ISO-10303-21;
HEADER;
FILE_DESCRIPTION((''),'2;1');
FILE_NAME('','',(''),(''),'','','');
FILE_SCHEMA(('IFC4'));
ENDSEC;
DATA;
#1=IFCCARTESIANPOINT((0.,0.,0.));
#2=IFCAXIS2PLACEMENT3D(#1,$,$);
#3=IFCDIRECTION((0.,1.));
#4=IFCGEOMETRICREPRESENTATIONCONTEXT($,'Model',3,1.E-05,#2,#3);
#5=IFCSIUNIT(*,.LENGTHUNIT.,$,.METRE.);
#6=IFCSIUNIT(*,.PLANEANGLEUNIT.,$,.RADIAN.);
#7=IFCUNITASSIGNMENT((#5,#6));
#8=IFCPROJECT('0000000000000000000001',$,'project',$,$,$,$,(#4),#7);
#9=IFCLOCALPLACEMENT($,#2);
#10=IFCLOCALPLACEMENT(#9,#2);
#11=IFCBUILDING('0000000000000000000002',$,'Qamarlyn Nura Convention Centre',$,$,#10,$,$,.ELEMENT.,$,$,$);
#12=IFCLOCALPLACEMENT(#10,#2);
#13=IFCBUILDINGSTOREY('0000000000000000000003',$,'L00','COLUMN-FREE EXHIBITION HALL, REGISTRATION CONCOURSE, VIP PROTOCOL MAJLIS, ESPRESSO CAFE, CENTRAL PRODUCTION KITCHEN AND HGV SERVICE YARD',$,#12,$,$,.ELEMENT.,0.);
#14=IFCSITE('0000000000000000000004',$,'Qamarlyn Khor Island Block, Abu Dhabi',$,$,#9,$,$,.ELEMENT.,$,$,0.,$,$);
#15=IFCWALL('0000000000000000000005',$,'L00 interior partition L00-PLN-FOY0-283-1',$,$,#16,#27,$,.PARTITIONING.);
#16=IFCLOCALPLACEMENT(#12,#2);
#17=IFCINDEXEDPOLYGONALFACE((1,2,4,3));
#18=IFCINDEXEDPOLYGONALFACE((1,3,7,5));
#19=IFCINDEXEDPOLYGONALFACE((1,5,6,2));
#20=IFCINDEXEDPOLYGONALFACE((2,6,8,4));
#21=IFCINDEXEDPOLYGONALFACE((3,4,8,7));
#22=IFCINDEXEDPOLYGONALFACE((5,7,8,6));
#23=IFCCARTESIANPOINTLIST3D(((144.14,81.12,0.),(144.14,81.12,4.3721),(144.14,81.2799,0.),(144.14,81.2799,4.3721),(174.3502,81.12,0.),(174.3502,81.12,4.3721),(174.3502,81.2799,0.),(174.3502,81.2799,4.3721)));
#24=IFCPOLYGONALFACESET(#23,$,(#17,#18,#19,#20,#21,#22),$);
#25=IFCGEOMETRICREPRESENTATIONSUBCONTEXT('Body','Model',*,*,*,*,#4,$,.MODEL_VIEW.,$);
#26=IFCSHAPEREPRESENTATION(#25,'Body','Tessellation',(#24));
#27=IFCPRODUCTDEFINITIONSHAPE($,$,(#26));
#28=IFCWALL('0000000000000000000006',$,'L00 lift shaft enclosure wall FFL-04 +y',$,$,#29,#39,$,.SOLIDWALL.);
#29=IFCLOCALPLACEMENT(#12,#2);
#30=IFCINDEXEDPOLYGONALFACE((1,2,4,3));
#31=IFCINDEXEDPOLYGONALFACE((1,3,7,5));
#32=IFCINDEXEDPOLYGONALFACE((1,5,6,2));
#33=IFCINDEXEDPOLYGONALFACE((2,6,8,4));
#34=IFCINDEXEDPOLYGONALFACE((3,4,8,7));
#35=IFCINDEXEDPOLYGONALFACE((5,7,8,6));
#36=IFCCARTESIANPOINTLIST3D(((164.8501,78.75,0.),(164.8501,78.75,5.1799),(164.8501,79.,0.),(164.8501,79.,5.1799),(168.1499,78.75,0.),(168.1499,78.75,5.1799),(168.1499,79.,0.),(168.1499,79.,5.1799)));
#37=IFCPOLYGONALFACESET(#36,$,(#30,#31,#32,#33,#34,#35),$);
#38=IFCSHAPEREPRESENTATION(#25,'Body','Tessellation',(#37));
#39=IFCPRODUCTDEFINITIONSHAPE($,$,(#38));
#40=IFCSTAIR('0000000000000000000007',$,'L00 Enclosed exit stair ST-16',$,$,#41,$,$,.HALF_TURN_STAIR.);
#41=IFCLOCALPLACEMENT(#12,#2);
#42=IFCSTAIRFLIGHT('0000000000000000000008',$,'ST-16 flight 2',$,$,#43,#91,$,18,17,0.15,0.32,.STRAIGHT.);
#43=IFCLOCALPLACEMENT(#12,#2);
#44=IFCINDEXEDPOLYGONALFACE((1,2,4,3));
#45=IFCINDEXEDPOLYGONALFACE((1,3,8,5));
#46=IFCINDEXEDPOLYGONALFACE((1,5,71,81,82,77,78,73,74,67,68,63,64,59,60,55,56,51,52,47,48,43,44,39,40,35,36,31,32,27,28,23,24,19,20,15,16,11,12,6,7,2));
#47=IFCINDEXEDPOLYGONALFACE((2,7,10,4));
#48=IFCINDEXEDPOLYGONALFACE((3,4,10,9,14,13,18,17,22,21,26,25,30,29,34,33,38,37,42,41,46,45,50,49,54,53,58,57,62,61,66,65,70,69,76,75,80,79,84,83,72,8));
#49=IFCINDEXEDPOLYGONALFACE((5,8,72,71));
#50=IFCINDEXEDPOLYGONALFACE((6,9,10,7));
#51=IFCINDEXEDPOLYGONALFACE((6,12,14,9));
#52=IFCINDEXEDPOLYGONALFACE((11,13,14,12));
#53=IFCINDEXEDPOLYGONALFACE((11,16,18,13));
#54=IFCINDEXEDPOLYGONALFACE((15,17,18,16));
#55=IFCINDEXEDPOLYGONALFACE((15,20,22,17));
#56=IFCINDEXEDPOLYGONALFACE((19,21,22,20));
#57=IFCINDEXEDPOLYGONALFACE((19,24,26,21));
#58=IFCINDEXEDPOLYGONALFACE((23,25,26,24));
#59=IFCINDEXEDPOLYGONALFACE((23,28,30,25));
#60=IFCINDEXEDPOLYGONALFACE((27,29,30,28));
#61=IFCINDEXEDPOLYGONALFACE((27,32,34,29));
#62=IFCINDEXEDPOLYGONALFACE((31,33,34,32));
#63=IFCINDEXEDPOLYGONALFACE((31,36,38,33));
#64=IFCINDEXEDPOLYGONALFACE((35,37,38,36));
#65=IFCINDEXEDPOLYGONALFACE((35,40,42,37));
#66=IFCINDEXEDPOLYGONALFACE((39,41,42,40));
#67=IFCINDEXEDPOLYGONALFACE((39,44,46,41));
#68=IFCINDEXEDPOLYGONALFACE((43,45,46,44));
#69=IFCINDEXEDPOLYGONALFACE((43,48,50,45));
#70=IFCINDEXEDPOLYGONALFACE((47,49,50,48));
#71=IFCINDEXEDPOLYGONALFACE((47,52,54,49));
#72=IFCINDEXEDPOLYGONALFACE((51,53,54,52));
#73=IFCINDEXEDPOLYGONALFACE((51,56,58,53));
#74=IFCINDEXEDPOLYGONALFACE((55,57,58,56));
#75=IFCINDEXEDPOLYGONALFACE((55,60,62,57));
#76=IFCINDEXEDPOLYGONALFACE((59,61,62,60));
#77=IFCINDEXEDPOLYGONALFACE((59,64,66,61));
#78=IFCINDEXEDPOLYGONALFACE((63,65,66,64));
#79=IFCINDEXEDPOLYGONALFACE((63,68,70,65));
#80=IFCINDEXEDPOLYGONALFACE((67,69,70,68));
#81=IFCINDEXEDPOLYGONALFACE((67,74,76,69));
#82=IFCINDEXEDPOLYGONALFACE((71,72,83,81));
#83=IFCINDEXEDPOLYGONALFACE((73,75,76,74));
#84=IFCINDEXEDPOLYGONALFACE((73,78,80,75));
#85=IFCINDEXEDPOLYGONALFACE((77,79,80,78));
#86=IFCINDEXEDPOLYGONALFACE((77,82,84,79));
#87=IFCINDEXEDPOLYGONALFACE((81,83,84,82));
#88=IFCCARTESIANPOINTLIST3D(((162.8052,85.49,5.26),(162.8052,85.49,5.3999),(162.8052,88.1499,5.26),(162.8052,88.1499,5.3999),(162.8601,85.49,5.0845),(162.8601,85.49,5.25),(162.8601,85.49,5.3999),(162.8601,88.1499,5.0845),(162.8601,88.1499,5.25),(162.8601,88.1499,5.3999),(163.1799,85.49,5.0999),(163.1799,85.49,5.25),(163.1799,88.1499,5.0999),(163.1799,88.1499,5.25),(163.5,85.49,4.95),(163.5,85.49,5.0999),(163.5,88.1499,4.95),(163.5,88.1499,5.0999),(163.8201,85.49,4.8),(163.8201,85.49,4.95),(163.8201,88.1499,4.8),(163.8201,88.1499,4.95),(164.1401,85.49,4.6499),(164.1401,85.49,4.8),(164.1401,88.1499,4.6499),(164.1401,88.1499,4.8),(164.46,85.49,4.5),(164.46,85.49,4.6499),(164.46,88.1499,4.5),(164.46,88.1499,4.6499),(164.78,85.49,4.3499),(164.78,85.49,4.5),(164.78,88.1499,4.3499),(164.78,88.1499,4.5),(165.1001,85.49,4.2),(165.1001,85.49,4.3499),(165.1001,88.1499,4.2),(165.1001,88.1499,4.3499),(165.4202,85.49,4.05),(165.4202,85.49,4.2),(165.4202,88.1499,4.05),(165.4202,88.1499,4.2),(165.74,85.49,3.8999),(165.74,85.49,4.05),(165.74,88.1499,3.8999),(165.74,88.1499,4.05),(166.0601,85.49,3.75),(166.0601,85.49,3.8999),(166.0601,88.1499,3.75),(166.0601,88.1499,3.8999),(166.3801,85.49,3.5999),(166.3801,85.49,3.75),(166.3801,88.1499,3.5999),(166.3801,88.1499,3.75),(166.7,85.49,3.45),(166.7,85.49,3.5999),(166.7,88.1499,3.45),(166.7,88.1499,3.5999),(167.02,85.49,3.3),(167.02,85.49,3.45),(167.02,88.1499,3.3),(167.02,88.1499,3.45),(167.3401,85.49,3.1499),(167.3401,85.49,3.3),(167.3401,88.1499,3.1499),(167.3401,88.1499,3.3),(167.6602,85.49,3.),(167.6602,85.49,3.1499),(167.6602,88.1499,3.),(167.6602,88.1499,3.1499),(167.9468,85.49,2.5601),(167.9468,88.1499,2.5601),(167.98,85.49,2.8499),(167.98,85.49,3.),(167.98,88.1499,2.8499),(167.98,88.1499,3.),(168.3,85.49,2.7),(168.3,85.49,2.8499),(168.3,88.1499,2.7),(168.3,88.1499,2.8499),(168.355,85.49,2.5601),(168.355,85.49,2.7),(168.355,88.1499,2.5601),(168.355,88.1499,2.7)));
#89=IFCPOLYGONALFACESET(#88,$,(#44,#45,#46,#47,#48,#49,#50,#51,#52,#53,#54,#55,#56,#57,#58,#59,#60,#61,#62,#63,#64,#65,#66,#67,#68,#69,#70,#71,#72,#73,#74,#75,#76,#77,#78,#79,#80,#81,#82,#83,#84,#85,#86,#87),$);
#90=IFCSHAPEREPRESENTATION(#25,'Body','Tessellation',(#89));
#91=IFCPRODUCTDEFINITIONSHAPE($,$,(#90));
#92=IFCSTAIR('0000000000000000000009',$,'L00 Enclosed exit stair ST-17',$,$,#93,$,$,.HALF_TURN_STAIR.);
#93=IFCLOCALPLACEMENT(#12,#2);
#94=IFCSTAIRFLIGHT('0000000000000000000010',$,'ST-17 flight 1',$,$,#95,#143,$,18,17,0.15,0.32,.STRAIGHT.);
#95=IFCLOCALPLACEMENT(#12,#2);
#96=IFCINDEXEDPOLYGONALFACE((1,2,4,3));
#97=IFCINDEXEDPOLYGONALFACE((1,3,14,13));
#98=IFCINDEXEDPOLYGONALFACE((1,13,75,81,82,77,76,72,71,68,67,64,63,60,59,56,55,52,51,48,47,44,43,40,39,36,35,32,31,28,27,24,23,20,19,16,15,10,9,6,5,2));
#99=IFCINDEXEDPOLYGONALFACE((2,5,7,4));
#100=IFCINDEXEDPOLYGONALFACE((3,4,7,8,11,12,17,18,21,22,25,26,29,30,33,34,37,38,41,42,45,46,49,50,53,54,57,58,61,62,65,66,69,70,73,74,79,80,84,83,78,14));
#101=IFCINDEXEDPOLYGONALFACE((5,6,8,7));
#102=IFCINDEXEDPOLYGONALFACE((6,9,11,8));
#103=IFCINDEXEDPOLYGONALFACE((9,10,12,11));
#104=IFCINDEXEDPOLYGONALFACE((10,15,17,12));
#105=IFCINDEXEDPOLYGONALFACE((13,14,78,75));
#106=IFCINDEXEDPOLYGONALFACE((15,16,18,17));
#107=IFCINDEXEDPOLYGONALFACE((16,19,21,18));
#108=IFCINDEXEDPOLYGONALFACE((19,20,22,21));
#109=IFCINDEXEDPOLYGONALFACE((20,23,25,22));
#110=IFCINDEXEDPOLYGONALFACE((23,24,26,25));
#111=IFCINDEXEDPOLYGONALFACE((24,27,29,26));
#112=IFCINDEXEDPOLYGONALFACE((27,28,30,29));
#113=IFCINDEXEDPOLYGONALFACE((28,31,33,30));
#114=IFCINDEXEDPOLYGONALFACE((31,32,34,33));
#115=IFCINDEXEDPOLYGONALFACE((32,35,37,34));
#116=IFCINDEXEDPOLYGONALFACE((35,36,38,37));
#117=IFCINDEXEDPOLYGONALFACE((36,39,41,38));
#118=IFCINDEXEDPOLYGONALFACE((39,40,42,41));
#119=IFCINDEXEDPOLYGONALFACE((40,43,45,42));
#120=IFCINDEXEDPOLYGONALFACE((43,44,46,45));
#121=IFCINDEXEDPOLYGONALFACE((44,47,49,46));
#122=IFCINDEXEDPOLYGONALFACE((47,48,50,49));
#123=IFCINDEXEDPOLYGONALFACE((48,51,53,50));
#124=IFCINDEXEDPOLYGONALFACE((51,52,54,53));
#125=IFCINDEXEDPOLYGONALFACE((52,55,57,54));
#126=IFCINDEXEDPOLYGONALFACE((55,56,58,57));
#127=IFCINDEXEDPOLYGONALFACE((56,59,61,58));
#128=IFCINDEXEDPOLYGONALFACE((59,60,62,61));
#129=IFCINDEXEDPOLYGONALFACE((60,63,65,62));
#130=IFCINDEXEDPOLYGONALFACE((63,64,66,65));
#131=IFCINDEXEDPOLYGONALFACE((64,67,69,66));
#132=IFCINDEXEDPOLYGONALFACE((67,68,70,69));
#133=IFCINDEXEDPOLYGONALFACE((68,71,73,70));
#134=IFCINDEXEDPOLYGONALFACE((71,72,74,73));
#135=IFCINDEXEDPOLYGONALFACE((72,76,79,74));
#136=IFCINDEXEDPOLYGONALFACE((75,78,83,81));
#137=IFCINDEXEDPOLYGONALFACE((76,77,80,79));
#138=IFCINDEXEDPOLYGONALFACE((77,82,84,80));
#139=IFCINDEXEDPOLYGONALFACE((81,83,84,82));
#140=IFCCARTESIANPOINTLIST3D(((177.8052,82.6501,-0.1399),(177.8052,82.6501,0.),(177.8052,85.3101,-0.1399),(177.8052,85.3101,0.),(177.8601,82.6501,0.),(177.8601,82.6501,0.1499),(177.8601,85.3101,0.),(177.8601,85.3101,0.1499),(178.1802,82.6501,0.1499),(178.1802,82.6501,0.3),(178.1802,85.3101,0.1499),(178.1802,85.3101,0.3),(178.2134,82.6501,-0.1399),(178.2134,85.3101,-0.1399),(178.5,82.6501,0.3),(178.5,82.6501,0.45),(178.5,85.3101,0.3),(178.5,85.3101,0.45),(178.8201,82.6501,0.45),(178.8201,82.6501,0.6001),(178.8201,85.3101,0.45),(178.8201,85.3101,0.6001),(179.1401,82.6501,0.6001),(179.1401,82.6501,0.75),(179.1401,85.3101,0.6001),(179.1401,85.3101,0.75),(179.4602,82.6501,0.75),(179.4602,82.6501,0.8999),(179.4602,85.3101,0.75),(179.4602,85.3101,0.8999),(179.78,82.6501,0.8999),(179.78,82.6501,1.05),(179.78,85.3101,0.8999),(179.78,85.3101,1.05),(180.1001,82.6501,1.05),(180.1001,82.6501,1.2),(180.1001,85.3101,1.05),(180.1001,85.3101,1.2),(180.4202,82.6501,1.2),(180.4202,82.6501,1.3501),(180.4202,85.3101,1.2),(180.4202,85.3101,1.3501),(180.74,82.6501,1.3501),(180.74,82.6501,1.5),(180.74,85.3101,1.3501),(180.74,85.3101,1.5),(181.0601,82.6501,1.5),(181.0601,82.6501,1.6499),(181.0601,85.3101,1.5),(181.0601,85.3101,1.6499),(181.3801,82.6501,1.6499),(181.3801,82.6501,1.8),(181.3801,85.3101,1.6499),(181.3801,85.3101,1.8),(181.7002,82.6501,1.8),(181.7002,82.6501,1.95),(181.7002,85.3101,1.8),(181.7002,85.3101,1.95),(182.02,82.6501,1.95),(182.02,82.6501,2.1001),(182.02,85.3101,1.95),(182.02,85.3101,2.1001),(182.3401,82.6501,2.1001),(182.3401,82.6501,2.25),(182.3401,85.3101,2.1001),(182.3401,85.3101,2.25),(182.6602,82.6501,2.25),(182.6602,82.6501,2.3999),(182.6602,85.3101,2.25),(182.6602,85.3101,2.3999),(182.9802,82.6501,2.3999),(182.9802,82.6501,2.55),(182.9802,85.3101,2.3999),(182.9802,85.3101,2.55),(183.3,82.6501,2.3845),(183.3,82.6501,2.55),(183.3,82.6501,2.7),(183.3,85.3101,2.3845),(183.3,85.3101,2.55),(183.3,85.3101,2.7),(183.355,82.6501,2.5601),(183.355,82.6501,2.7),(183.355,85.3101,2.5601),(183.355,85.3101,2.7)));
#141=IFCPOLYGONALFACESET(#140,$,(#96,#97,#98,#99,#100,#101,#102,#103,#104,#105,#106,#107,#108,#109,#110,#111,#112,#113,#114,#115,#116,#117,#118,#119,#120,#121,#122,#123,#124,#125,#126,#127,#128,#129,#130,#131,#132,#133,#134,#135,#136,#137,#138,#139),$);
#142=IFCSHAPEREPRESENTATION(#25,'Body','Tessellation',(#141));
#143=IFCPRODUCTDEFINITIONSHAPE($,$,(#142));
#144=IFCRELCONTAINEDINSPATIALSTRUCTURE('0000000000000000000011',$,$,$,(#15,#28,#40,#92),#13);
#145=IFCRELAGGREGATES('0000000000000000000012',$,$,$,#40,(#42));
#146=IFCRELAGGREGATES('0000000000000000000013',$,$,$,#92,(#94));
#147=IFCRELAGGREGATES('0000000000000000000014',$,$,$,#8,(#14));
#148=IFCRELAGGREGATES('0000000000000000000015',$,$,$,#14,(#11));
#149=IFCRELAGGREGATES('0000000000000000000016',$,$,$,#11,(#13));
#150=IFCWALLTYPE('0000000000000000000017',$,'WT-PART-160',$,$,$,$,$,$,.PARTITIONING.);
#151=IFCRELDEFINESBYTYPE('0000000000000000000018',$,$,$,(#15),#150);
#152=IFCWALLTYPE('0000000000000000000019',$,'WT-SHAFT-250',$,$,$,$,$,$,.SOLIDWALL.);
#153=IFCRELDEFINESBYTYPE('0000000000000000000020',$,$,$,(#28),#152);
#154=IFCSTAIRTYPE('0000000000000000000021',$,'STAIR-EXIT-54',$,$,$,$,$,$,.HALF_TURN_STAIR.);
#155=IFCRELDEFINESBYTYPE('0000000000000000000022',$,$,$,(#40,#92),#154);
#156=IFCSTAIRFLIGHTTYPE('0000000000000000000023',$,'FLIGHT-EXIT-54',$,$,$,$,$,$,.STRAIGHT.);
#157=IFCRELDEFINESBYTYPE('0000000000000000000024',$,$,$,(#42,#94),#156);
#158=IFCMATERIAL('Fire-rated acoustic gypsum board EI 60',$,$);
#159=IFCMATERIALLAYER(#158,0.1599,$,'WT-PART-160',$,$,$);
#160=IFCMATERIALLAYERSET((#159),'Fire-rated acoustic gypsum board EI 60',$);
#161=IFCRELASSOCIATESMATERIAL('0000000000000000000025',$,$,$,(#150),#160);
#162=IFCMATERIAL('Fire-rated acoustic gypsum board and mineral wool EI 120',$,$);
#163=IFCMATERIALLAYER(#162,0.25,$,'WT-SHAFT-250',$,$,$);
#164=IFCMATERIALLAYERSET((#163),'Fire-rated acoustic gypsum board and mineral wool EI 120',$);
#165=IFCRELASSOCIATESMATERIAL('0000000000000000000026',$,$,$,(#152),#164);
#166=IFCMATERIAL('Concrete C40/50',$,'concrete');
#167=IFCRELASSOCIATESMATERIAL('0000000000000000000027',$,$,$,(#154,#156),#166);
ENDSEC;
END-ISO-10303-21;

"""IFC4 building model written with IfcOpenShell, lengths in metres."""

from ifc_helpers import new_model, si_unit, direction, frame, frame_2d, origin, place, context, subcontext, project, spatial, polyline, rectangle, outline, extrude, material, layer, layer_set, type_object, element, aggregate, save


model = new_model("IFC4")

# Units and contexts
model_context = context("Model", 3, precision=1e-05, world=origin(), true_north=direction((0.0, 1.0)))
body_context = subcontext(model_context, "Body", "Model", "MODEL_VIEW")
ifc_project = project(units=[si_unit("LENGTHUNIT", "METRE"), si_unit("PLANEANGLEUNIT", "RADIAN")], contexts=[model_context])

# Site, building, storey
site_placement = place(None, origin())
site = spatial("IfcSite", under=ifc_project, at=site_placement, Name="Qamarlyn Khor Island Block, Abu Dhabi", CompositionType="ELEMENT", RefElevation=0.0)
building_placement = place(site_placement, origin())
building = spatial("IfcBuilding", under=site, at=building_placement, Name="Qamarlyn Nura Convention Centre", CompositionType="ELEMENT")
storey_placement = place(building_placement, origin())
storey = spatial("IfcBuildingStorey", under=building, at=storey_placement, Name="L00", Description="COLUMN-FREE EXHIBITION HALL, REGISTRATION CONCOURSE, VIP PROTOCOL MAJLIS, ESPRESSO CAFE, CENTRAL PRODUCTION KITCHEN AND HGV SERVICE YARD", CompositionType="ELEMENT", Elevation=0.0)

# Walls
ifc_material_1 = material(Name="Fire-rated acoustic gypsum board EI 60")
ifc_layer_1 = layer(ifc_material_1, 0.1599, Name="WT-PART-160")
ifc_layer_set_1 = layer_set([ifc_layer_1], Name="Fire-rated acoustic gypsum board EI 60")
wall_type_1 = type_object("IfcWallType", Name="WT-PART-160", PredefinedType="PARTITIONING", material=ifc_layer_set_1)
wall_1_placement = place(storey_placement, frame((174.3501, 81.2, 0.0), z_axis=(0.0, 0.0, 1.0), x_axis=(-1.0, 0.0, 0.0)))
element("IfcWall", 1, at=wall_1_placement, inside=storey, type_object=wall_type_1, Name="L00 interior partition L00-PLN-FOY0-283-1", PredefinedType="PARTITIONING", context=body_context, shape_type="SweptSolid", body=[
    extrude(rectangle(XDim=30.2102, YDim=0.1599, at=frame_2d((15.105, 0.0))), origin(), (0.0, 0.0, 1.0), 4.3721),
])
ifc_material_2 = material(Name="Fire-rated acoustic gypsum board and mineral wool EI 120")
ifc_layer_2 = layer(ifc_material_2, 0.25, Name="WT-SHAFT-250")
ifc_layer_set_2 = layer_set([ifc_layer_2], Name="Fire-rated acoustic gypsum board and mineral wool EI 120")
wall_type_2 = type_object("IfcWallType", Name="WT-SHAFT-250", PredefinedType="SOLIDWALL", material=ifc_layer_set_2)
wall_2_placement = place(storey_placement, frame((168.1499, 78.875, 0.0), z_axis=(0.0, 0.0, 1.0), x_axis=(-1.0, 0.0, 0.0)))
element("IfcWall", 2, at=wall_2_placement, inside=storey, type_object=wall_type_2, Name="L00 lift shaft enclosure wall FFL-04 +y", PredefinedType="SOLIDWALL", context=body_context, shape_type="SweptSolid", body=[
    extrude(rectangle(XDim=3.2998, YDim=0.25, at=frame_2d((1.6499, 0.0))), origin(), (0.0, 0.0, 1.0), 5.1799),
])

# Stairs, stair flights
ifc_material_3 = material(Name="Concrete C40/50", Category="concrete")
stair_type = type_object("IfcStairType", Name="STAIR-EXIT-54", PredefinedType="HALF_TURN_STAIR", material=ifc_material_3)
stair_1_placement = place(storey_placement, origin())
stair_1 = element("IfcStair", 3, at=stair_1_placement, inside=storey, type_object=stair_type, Name="L00 Enclosed exit stair ST-16", PredefinedType="HALF_TURN_STAIR")
stair_flight_type = type_object("IfcStairFlightType", Name="FLIGHT-EXIT-54", PredefinedType="STRAIGHT", material=ifc_material_3)
stair_flight_1_placement = place(storey_placement, frame((168.3, 86.8201, 2.7), z_axis=(0.0, 0.0, 1.0), x_axis=(-1.0, 0.0, 0.0)))
stair_flight_1 = element("IfcStairFlight", 4, at=stair_flight_1_placement, type_object=stair_flight_type, Name="ST-16 flight 2", NumberOfRisers=18, NumberOfTreads=17, PredefinedType="STRAIGHT", RiserHeight=0.15, TreadLength=0.32, context=body_context, shape_type="SweptSolid", body=[
    extrude(outline(polyline([(-0.0549, 0.0), (0.0, 0.0), (0.0, 0.1499), (0.3201, 0.1499), (0.3201, 0.3), (0.6399, 0.3), (0.6399, 0.45), (0.96, 0.45), (0.96, 0.6001), (1.28, 0.6001), (1.28, 0.75), (1.6001, 0.75), (1.6001, 0.8999), (1.9199, 0.8999), (1.9199, 1.05), (2.24, 1.05), (2.24, 1.2), (2.5601, 1.2), (2.5601, 1.3501), (2.8799, 1.3501), (2.8799, 1.5), (3.2, 1.5), (3.2, 1.6499), (3.52, 1.6499), (3.52, 1.8), (3.8401, 1.8), (3.8401, 1.95), (4.1599, 1.95), (4.1599, 2.1001), (4.48, 2.1001), (4.48, 2.25), (4.8, 2.25), (4.8, 2.3999), (5.1201, 2.3999), (5.1201, 2.55), (5.4399, 2.55), (5.4399, 2.7), (5.4949, 2.7), (5.4949, 2.5601), (5.4399, 2.3845), (0.3533, -0.1399), (-0.0549, -0.1399), (-0.0549, 0.0)])), frame((0.0, 1.3301, 0.0), z_axis=(0.0, -1.0, 0.0), x_axis=(1.0, 0.0, 0.0)), (0.0, 0.0, 1.0), 2.6599),
])
aggregate(stair_1, [stair_flight_1])
stair_2_placement = place(storey_placement, origin())
stair_2 = element("IfcStair", 5, at=stair_2_placement, inside=storey, type_object=stair_type, Name="L00 Enclosed exit stair ST-17", PredefinedType="HALF_TURN_STAIR")
stair_flight_2_placement = place(storey_placement, frame((177.8601, 83.98, 0.0), z_axis=(0.0, 0.0, 1.0), x_axis=(1.0, 0.0, 0.0)))
stair_flight_2 = element("IfcStairFlight", 6, at=stair_flight_2_placement, type_object=stair_flight_type, Name="ST-17 flight 1", NumberOfRisers=18, NumberOfTreads=17, PredefinedType="STRAIGHT", RiserHeight=0.15, TreadLength=0.32, context=body_context, shape_type="SweptSolid", body=[
    extrude(outline(polyline([(-0.0549, 0.0), (0.0, 0.0), (0.0, 0.1499), (0.3201, 0.1499), (0.3201, 0.3), (0.6399, 0.3), (0.6399, 0.45), (0.96, 0.45), (0.96, 0.6001), (1.28, 0.6001), (1.28, 0.75), (1.6001, 0.75), (1.6001, 0.8999), (1.9199, 0.8999), (1.9199, 1.05), (2.24, 1.05), (2.24, 1.2), (2.5601, 1.2), (2.5601, 1.3501), (2.8799, 1.3501), (2.8799, 1.5), (3.2, 1.5), (3.2, 1.6499), (3.52, 1.6499), (3.52, 1.8), (3.8401, 1.8), (3.8401, 1.95), (4.1599, 1.95), (4.1599, 2.1001), (4.48, 2.1001), (4.48, 2.25), (4.8, 2.25), (4.8, 2.3999), (5.1201, 2.3999), (5.1201, 2.55), (5.4399, 2.55), (5.4399, 2.7), (5.4949, 2.7), (5.4949, 2.5601), (5.4399, 2.3845), (0.3533, -0.1399), (-0.0549, -0.1399), (-0.0549, 0.0)])), frame((0.0, 1.3301, 0.0), z_axis=(0.0, -1.0, 0.0), x_axis=(1.0, 0.0, 0.0)), (0.0, 0.0, 1.0), 2.6599),
])
aggregate(stair_2, [stair_flight_2])

save(model, "model.ifc")
